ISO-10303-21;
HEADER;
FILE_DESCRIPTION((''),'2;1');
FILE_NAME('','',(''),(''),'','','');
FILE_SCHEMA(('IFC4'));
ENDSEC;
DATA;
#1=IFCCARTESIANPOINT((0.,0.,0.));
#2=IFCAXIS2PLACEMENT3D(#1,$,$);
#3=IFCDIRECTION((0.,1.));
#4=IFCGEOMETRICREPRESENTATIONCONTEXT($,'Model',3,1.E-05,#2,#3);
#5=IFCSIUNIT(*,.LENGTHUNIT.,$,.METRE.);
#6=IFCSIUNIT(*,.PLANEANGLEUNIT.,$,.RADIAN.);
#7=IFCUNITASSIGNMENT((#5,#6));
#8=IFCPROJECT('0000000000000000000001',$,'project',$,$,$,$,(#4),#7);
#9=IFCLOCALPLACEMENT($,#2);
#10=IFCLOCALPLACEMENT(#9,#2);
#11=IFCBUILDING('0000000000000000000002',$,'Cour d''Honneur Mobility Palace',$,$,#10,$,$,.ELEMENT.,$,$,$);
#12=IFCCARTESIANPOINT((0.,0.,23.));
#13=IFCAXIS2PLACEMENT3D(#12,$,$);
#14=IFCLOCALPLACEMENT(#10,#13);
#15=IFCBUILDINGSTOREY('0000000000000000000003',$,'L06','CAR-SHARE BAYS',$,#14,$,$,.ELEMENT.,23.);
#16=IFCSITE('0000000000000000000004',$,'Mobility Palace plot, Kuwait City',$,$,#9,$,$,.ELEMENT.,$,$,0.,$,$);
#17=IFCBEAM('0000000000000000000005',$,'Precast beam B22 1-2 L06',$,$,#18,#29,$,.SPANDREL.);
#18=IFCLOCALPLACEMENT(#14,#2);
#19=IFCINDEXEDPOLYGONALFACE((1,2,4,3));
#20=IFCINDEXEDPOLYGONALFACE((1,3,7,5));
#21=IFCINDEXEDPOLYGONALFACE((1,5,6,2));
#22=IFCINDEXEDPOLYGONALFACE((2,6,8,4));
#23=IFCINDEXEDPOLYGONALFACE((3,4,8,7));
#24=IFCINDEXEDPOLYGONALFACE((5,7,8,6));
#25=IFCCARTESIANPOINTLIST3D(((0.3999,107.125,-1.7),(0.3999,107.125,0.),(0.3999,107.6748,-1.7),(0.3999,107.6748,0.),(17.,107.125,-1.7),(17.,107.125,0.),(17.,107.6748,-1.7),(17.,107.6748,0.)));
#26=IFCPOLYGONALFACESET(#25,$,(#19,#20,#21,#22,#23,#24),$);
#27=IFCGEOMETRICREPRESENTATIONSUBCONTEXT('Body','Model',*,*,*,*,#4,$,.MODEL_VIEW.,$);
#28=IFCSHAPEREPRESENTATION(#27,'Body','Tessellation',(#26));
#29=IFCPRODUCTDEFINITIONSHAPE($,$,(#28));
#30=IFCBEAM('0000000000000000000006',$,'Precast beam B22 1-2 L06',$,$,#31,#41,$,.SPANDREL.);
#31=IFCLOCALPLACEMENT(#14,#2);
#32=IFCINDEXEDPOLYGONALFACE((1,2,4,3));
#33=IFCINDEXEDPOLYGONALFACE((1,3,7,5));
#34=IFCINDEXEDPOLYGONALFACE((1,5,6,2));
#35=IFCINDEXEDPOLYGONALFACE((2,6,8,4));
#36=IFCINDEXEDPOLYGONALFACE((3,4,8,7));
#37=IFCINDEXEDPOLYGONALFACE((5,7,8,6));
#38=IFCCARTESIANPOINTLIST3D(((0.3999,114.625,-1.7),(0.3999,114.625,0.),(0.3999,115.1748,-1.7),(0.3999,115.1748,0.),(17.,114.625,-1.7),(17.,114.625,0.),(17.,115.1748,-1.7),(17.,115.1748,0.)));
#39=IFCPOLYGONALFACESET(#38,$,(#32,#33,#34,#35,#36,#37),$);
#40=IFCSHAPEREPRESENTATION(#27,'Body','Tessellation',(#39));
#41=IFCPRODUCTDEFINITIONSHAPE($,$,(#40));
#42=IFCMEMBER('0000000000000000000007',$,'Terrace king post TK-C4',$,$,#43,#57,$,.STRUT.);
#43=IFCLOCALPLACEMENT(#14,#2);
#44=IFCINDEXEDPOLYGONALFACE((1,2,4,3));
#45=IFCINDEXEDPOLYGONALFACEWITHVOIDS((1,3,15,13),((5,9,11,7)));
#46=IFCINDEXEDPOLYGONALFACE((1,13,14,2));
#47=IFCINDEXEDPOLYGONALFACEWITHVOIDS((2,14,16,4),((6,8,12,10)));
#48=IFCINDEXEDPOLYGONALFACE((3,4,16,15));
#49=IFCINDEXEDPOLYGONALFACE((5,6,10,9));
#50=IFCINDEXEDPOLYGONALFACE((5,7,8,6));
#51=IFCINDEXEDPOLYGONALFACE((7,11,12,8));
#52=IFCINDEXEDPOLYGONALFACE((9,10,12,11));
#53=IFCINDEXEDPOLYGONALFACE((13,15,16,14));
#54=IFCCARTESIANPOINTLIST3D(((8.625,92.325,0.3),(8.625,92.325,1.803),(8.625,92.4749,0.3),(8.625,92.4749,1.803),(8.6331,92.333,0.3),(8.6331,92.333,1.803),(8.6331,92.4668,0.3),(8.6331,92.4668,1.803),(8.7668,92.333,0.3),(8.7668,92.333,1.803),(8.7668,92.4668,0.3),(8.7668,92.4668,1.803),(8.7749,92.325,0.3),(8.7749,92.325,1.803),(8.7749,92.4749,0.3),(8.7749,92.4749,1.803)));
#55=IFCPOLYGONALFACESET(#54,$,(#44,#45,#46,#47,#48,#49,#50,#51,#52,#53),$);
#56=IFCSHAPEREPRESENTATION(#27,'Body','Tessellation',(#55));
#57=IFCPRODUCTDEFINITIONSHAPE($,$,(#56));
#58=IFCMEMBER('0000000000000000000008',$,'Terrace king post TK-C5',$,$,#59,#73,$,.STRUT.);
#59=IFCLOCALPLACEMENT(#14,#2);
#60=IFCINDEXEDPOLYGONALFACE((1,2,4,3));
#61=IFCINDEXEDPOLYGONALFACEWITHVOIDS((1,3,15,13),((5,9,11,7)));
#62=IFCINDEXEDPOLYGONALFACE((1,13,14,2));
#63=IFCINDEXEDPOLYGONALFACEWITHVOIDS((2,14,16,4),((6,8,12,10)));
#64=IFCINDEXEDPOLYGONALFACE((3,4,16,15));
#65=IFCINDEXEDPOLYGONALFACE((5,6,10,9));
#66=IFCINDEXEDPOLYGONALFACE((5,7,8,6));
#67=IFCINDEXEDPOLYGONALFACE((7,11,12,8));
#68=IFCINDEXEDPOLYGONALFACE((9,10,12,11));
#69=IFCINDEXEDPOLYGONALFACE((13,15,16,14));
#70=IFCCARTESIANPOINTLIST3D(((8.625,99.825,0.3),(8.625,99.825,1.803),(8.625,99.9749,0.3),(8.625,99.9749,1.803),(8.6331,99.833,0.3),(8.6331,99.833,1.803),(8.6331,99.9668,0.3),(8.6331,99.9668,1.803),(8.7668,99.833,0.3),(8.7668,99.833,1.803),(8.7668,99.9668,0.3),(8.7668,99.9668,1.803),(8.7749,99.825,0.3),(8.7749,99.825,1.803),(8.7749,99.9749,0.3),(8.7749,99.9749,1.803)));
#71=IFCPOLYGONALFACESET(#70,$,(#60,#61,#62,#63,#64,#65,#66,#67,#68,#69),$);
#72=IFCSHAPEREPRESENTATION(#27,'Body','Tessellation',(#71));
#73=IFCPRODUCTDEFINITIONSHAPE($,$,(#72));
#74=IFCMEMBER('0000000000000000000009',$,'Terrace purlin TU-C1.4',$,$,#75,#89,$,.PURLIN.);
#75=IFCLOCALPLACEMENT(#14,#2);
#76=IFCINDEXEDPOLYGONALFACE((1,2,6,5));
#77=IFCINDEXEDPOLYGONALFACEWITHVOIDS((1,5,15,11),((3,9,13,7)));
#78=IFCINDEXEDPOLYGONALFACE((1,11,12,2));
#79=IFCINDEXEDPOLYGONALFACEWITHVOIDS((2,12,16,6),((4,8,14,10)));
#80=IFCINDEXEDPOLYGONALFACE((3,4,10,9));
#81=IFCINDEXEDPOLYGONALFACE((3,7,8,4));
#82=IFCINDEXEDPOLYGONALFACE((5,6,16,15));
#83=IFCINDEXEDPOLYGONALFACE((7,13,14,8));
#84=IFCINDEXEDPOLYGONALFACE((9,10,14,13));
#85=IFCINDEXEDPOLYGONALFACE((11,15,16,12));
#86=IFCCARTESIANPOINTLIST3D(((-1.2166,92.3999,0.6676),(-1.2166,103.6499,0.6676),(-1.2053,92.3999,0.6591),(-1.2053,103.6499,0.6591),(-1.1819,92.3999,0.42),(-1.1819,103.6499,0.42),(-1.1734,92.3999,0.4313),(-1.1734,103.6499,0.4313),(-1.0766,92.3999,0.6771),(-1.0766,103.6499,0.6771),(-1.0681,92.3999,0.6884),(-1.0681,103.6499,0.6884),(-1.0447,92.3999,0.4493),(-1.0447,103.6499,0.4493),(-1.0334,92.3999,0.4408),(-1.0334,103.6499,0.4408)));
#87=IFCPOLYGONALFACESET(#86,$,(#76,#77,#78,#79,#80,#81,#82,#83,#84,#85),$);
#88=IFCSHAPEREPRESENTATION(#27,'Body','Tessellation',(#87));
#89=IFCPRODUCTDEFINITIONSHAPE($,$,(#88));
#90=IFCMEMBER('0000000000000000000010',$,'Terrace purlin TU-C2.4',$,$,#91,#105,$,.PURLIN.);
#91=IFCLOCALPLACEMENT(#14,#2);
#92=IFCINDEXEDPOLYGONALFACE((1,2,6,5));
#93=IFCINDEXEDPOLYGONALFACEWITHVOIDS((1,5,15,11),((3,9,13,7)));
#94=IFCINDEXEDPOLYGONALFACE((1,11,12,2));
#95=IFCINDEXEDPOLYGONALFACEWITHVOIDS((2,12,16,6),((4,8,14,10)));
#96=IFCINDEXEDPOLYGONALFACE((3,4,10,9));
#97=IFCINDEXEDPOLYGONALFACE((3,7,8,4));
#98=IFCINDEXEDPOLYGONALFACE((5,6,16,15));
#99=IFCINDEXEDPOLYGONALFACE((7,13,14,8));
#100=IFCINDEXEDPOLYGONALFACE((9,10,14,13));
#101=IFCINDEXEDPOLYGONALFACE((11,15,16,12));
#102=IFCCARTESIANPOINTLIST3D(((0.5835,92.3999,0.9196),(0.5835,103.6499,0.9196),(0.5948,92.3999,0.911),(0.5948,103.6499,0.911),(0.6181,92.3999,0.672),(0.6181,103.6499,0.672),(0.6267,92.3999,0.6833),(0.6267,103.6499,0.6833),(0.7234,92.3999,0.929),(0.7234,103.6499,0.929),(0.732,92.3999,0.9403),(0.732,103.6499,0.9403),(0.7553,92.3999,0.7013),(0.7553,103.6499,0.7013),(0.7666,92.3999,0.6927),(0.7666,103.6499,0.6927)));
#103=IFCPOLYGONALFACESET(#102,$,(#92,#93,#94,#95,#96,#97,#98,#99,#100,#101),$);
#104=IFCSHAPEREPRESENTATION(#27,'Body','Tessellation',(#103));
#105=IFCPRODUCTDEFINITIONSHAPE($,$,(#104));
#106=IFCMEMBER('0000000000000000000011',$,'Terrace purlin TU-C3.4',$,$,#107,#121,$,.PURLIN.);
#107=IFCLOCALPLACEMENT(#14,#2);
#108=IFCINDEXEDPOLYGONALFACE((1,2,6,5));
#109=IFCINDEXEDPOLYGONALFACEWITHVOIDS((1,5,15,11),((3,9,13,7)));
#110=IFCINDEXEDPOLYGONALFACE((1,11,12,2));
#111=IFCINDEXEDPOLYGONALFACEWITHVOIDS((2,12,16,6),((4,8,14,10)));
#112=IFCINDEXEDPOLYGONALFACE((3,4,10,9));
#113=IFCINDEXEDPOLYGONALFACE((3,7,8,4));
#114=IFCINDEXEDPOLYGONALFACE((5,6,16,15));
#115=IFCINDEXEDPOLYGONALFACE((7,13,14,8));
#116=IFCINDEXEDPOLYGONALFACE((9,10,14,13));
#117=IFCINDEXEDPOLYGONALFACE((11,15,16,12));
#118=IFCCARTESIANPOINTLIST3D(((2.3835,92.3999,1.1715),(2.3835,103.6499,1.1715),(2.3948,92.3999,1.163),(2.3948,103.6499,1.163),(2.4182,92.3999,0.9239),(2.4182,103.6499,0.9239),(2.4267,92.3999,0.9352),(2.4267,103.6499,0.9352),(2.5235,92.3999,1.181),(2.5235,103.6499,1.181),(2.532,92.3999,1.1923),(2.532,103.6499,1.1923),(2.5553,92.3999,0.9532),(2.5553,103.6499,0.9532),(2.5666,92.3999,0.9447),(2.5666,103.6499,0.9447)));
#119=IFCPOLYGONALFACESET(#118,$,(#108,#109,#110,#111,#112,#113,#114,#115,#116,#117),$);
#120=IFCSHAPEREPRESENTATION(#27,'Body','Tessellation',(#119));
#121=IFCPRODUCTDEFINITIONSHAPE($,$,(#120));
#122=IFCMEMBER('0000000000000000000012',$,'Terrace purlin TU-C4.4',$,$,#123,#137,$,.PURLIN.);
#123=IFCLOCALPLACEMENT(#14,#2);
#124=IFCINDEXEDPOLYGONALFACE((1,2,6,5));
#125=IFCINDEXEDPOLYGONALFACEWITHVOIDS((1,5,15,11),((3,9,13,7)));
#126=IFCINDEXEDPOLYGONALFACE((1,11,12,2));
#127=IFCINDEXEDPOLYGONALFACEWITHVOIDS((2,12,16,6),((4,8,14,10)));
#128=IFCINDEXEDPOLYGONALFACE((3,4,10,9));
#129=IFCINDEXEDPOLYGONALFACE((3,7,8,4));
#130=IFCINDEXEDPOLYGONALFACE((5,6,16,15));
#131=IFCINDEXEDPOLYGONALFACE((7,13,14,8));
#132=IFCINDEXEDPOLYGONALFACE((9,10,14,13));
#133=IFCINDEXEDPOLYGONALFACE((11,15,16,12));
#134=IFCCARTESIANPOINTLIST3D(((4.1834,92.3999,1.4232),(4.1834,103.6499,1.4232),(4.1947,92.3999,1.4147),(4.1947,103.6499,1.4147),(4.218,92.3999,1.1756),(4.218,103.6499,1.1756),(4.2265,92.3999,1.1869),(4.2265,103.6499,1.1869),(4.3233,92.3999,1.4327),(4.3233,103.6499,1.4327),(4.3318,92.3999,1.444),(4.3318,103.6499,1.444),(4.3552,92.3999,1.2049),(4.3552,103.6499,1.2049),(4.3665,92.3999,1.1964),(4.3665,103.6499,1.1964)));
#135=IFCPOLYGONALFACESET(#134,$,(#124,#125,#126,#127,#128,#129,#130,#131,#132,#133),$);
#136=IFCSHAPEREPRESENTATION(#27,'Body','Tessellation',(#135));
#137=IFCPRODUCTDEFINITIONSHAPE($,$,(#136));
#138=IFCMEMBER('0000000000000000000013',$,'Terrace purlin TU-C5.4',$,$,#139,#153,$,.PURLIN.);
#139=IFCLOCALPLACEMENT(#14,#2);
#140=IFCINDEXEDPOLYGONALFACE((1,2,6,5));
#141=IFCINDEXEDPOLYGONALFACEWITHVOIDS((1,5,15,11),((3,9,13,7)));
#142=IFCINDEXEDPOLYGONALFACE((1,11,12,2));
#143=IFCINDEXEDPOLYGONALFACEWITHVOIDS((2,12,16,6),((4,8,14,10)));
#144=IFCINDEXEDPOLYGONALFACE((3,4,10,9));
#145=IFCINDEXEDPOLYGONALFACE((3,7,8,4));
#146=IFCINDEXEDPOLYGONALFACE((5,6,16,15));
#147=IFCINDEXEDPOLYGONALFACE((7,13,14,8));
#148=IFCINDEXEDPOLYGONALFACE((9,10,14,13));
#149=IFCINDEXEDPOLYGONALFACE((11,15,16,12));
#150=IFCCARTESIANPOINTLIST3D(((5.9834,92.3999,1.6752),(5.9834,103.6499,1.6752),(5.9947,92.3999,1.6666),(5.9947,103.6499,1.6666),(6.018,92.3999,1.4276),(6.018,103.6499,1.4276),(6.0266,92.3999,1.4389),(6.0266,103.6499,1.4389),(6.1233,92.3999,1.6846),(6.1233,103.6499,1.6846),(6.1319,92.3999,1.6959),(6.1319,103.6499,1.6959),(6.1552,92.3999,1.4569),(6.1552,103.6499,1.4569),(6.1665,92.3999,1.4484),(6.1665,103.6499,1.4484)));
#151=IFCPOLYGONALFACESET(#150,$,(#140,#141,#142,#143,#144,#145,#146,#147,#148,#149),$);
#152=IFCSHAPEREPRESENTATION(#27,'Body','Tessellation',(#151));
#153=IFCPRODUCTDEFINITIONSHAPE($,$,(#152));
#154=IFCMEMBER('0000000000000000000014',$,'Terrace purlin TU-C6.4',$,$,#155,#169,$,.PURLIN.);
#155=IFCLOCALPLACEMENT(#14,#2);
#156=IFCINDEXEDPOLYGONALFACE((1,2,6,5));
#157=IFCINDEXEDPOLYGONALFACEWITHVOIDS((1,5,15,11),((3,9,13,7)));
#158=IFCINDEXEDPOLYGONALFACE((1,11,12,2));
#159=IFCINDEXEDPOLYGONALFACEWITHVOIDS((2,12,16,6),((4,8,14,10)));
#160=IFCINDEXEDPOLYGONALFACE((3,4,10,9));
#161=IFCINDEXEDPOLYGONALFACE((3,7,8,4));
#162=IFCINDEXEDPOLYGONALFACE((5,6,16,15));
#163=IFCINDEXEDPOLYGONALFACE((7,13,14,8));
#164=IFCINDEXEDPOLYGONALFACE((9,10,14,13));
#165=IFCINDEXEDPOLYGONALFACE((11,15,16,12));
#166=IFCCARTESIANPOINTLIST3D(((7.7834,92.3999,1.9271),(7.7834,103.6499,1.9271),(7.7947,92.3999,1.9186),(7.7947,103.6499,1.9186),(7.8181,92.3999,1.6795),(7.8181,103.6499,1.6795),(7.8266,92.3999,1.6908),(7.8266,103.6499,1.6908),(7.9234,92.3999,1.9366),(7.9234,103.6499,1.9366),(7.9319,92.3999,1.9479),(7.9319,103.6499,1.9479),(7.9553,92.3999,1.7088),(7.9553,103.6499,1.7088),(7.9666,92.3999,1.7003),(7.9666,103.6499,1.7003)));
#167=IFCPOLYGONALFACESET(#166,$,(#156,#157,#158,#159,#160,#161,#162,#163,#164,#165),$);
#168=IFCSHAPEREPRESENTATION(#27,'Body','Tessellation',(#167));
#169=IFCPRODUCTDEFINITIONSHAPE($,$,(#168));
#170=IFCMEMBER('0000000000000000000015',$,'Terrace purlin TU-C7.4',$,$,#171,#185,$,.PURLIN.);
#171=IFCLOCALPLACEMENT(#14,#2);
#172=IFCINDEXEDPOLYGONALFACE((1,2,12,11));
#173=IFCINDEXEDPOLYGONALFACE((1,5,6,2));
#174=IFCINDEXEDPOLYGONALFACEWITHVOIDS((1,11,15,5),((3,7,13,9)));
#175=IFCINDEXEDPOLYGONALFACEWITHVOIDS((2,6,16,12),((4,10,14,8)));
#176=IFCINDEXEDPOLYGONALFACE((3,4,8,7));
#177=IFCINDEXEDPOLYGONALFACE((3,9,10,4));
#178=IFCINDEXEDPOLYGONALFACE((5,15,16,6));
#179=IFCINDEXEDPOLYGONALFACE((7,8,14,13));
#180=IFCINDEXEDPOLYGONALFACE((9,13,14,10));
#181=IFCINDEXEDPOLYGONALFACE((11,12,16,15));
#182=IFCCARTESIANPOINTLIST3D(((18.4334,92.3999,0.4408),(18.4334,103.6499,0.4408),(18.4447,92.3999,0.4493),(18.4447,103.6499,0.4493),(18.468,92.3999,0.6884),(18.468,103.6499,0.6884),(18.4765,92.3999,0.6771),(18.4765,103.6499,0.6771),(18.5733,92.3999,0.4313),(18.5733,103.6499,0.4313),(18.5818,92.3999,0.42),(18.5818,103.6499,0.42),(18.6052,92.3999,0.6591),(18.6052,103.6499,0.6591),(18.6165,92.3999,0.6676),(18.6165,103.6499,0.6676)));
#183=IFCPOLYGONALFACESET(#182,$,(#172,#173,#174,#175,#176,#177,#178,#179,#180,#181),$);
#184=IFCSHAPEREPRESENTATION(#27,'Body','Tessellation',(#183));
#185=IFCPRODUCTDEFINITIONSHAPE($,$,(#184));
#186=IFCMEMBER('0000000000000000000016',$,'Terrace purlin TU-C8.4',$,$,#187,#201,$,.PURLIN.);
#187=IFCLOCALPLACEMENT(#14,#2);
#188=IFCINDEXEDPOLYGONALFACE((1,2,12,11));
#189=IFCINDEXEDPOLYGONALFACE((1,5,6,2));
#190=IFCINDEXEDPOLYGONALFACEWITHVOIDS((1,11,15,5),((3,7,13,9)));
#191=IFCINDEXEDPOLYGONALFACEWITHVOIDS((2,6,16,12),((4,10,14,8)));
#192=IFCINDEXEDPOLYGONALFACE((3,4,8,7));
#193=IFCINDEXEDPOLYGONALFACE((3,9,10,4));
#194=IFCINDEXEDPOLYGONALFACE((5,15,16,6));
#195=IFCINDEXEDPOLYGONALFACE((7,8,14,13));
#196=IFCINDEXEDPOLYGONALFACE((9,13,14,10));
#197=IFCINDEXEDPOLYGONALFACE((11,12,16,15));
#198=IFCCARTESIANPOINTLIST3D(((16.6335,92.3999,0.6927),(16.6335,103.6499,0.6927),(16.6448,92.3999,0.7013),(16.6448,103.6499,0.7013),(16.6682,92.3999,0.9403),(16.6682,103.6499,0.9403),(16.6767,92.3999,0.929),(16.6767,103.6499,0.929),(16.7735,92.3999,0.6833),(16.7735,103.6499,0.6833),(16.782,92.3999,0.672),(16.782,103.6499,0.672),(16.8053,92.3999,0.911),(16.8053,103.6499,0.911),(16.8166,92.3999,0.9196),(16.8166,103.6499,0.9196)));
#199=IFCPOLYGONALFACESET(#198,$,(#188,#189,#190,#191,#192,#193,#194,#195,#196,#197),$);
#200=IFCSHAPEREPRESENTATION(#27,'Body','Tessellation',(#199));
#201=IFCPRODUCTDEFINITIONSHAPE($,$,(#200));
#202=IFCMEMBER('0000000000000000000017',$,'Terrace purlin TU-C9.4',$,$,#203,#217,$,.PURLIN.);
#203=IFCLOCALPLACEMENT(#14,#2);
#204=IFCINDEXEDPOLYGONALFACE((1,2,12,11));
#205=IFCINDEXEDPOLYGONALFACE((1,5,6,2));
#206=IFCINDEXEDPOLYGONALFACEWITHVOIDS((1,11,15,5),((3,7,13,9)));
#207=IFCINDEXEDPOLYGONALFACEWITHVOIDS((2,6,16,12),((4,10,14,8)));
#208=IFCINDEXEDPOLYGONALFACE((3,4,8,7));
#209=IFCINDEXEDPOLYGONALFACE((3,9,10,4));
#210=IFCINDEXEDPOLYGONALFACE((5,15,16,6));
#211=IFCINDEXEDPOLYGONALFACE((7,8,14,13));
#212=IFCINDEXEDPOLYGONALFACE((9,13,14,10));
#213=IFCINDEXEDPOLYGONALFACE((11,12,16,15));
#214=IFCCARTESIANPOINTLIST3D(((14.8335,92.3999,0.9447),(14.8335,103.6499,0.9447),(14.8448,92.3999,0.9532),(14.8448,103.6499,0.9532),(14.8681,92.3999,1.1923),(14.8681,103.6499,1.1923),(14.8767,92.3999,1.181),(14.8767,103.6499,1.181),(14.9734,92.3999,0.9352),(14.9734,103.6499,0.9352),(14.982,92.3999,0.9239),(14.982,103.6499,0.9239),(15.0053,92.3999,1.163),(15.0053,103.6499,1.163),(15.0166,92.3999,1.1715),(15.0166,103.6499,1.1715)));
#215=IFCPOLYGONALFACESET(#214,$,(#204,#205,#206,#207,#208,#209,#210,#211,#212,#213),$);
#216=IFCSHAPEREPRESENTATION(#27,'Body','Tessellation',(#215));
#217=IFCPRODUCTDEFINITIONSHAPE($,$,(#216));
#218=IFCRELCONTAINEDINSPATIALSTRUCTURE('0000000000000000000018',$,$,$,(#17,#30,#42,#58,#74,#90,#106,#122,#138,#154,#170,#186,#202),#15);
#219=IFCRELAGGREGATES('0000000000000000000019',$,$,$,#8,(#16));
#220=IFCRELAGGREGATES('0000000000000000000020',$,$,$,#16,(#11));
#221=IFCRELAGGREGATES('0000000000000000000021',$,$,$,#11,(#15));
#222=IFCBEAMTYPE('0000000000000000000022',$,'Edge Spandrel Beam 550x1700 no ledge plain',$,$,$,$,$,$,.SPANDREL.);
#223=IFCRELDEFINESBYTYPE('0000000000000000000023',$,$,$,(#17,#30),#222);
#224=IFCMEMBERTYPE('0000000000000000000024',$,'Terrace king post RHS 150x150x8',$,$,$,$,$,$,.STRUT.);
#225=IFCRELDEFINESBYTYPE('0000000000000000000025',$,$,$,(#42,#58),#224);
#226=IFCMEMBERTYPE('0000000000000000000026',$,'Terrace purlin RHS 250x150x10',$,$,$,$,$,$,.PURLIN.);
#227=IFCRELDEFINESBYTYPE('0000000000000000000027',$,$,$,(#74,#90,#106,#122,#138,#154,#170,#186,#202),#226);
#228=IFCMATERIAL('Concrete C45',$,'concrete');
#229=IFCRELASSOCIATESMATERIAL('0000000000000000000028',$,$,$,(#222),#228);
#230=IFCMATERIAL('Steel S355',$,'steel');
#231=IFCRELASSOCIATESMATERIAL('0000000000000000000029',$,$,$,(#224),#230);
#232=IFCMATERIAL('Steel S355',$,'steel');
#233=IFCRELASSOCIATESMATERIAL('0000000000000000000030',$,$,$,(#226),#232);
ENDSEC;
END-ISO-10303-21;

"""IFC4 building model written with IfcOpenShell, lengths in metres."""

from ifc_helpers import new_model, si_unit, direction, frame, origin, origin_2d, place, context, subcontext, project, spatial, polyline, hollow_rectangle, outline, extrude, material, material_profile, profile_set, type_object, element, save


model = new_model("IFC4")

# Units and contexts
model_context = context("Model", 3, precision=1e-05, world=origin(), true_north=direction((0.0, 1.0)))
body_context = subcontext(model_context, "Body", "Model", "MODEL_VIEW")
ifc_project = project(units=[si_unit("LENGTHUNIT", "METRE"), si_unit("PLANEANGLEUNIT", "RADIAN")], contexts=[model_context])

# Site, building, storey
site_placement = place(None, origin())
site = spatial("IfcSite", under=ifc_project, at=site_placement, Name="Mobility Palace plot, Kuwait City", CompositionType="ELEMENT", RefElevation=0.0)
building_placement = place(site_placement, origin())
building = spatial("IfcBuilding", under=site, at=building_placement, Name="Cour d'Honneur Mobility Palace", CompositionType="ELEMENT")
storey_placement = place(building_placement, frame((0.0, 0.0, 23.0)))
storey = spatial("IfcBuildingStorey", under=building, at=storey_placement, Name="L06", Description="CAR-SHARE BAYS", CompositionType="ELEMENT", Elevation=23.0)

# Beams
ifc_material_1 = material(Name="Concrete C45", Category="concrete")
ifc_material_profile_1 = material_profile(ifc_material_1, outline(polyline([(0.2749, -1.7), (0.2749, 0.0), (-0.2749, 0.0), (-0.2749, -1.7), (0.2749, -1.7)])), Name="Edge Spandrel Beam 550x1700 no ledge plain")
ifc_profile_set_1 = profile_set([ifc_material_profile_1], Name="Concrete C45")
beam_type = type_object("IfcBeamType", Name="Edge Spandrel Beam 550x1700 no ledge plain", PredefinedType="SPANDREL", material=ifc_profile_set_1)
for number, where, z_axis, x_axis, name in (
    (1, (0.3999, 107.3999, 0.0), (1.0, 0.0, 0.0), (0.0, 1.0, 0.0), "Precast beam B22 1-2 L06"),
    (2, (0.3999, 114.8999, 0.0), (1.0, 0.0, 0.0), (0.0, 1.0, 0.0), "Precast beam B22 1-2 L06"),
):
    element("IfcBeam", number, at=place(storey_placement, frame(where, z_axis=z_axis, x_axis=x_axis)), inside=storey, type_object=beam_type, Name=name, PredefinedType="SPANDREL", context=body_context, shape_type="SweptSolid", body=[
        extrude(outline(polyline([(0.2749, -1.7), (0.2749, 0.0), (-0.2749, 0.0), (-0.2749, -1.7), (0.2749, -1.7)])), origin(), (0.0, 0.0, 1.0), 16.6001),
    ])

# Members
ifc_material_2 = material(Name="Steel S355", Category="steel")
ifc_material_profile_2 = material_profile(ifc_material_2, hollow_rectangle(XDim=0.1499, YDim=0.1499, WallThickness=0.0081, at=origin_2d()), Name="RHS 150x150x8")
ifc_profile_set_2 = profile_set([ifc_material_profile_2], Name="Steel S355")
member_type_1 = type_object("IfcMemberType", Name="Terrace king post RHS 150x150x8", PredefinedType="STRUT", material=ifc_profile_set_2)
for number, where, z_axis, x_axis, name in (
    (3, (8.7, 92.3999, 0.3), (0.0, 0.0, 1.0), (1.0, 0.0, 0.0), "Terrace king post TK-C4"),
    (4, (8.7, 99.8999, 0.3), (0.0, 0.0, 1.0), (1.0, 0.0, 0.0), "Terrace king post TK-C5"),
):
    element("IfcMember", number, at=place(storey_placement, frame(where, z_axis=z_axis, x_axis=x_axis)), inside=storey, type_object=member_type_1, Name=name, PredefinedType="STRUT", context=body_context, shape_type="SweptSolid", body=[
        extrude(hollow_rectangle(XDim=0.1499, YDim=0.1499, WallThickness=0.0081, at=origin_2d()), origin(), (0.0, 0.0, 1.0), 1.5029),
    ])
ifc_material_3 = material(Name="Steel S355", Category="steel")
ifc_material_profile_3 = material_profile(ifc_material_3, hollow_rectangle(XDim=0.1499, YDim=0.25, WallThickness=0.01, at=origin_2d()), Name="RHS 250x150x10")
ifc_profile_set_3 = profile_set([ifc_material_profile_3], Name="Steel S355")
member_type_2 = type_object("IfcMemberType", Name="Terrace purlin RHS 250x150x10", PredefinedType="PURLIN", material=ifc_profile_set_3)
for number, where, z_axis, x_axis, name in (
    (5, (-1.125, 92.3999, 0.5542), (0.0, 1.0, 0.0), (-0.99035, 0.0, -0.138591), "Terrace purlin TU-C1.4"),
    (6, (0.675, 92.3999, 0.8062), (0.0, 1.0, 0.0), (-0.99035, 0.0, -0.138591), "Terrace purlin TU-C2.4"),
    (7, (2.4751, 92.3999, 1.0581), (0.0, 1.0, 0.0), (-0.99035, 0.0, -0.138591), "Terrace purlin TU-C3.4"),
    (8, (4.2749, 92.3999, 1.3098), (0.0, 1.0, 0.0), (-0.99035, 0.0, -0.138591), "Terrace purlin TU-C4.4"),
    (9, (6.075, 92.3999, 1.5618), (0.0, 1.0, 0.0), (-0.99035, 0.0, -0.138591), "Terrace purlin TU-C5.4"),
    (10, (7.875, 92.3999, 1.8137), (0.0, 1.0, 0.0), (-0.99035, 0.0, -0.138591), "Terrace purlin TU-C6.4"),
    (11, (18.5249, 92.3999, 0.5542), (0.0, 1.0, 0.0), (-0.99035, 0.0, 0.138591), "Terrace purlin TU-C7.4"),
    (12, (16.7251, 92.3999, 0.8062), (0.0, 1.0, 0.0), (-0.99035, 0.0, 0.138591), "Terrace purlin TU-C8.4"),
    (13, (14.925, 92.3999, 1.0581), (0.0, 1.0, 0.0), (-0.99035, 0.0, 0.138591), "Terrace purlin TU-C9.4"),
):
    element("IfcMember", number, at=place(storey_placement, frame(where, z_axis=z_axis, x_axis=x_axis)), inside=storey, type_object=member_type_2, Name=name, PredefinedType="PURLIN", context=body_context, shape_type="SweptSolid", body=[
        extrude(hollow_rectangle(XDim=0.1499, YDim=0.25, WallThickness=0.01, at=origin_2d()), origin(), (0.0, 0.0, 1.0), 11.25),
    ])

save(model, "model.ifc")
